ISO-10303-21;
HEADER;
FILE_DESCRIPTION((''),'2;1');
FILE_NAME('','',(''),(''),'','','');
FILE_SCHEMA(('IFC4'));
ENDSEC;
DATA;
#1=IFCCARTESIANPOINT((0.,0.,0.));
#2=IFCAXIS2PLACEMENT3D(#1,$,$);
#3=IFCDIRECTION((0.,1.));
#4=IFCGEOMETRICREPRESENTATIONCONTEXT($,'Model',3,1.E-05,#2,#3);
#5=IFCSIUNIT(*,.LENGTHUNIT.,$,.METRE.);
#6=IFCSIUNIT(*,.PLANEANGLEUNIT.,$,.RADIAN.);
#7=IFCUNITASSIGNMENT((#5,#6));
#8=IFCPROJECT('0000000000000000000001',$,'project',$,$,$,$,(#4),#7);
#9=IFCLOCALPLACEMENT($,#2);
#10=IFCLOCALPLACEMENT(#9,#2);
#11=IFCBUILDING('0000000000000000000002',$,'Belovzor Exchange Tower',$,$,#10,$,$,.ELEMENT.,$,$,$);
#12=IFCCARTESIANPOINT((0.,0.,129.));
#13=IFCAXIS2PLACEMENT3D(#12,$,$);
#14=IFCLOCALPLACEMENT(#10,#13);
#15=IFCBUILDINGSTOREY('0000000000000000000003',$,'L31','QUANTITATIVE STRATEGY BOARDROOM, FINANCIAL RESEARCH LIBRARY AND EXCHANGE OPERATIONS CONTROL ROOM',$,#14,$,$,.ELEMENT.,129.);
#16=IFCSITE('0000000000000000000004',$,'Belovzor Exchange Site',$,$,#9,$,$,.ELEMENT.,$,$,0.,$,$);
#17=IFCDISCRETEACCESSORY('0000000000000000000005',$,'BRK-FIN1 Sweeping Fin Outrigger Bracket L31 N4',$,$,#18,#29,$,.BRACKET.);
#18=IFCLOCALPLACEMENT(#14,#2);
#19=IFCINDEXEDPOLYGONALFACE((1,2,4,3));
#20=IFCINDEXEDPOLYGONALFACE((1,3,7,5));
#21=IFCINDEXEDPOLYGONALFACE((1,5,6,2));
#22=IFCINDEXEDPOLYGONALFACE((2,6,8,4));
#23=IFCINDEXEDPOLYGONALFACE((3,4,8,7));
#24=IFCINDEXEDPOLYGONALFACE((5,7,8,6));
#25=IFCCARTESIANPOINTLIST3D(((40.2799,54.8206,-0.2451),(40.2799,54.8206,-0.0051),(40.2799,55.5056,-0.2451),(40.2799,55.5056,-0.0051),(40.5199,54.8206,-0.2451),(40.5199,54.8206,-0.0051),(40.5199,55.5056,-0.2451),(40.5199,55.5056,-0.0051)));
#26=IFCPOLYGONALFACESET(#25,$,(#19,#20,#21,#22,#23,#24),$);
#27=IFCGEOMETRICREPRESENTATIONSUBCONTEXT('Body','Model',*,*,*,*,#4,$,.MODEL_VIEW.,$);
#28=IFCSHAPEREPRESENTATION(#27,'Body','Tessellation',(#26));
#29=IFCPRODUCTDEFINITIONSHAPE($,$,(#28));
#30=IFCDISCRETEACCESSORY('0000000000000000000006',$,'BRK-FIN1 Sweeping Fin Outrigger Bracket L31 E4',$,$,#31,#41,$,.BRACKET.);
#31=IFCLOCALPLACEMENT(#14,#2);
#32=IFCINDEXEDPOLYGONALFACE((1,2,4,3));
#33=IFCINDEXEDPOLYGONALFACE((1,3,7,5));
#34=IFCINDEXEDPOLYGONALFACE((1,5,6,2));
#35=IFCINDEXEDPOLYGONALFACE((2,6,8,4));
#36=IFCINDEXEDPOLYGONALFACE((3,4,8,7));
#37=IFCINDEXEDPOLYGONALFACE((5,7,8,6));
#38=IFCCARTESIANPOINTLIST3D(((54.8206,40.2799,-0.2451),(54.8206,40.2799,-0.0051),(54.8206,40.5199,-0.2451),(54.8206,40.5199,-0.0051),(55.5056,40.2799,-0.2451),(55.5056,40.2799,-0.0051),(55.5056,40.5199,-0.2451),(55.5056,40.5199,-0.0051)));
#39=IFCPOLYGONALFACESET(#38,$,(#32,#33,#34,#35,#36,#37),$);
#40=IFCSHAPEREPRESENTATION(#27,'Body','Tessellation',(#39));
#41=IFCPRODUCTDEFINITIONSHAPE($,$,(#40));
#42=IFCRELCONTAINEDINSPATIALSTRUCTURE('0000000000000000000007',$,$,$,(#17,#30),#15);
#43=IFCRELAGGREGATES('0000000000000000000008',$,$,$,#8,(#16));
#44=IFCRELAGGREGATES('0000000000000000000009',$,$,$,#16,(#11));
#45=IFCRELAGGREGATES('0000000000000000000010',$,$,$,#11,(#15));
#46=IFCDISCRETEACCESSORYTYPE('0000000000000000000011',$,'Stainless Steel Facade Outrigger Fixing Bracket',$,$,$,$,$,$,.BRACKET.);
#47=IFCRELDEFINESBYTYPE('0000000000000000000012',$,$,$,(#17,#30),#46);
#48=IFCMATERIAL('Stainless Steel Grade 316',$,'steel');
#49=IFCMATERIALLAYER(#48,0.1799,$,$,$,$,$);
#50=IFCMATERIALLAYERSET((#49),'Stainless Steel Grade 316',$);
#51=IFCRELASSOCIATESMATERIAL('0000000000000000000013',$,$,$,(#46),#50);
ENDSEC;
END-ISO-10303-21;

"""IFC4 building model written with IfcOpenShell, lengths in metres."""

from ifc_helpers import new_model, si_unit, direction, frame, origin, origin_2d, place, context, subcontext, project, spatial, rectangle, extrude, material, layer, layer_set, type_object, element, save


model = new_model("IFC4")

# Units and contexts
model_context = context("Model", 3, precision=1e-05, world=origin(), true_north=direction((0.0, 1.0)))
body_context = subcontext(model_context, "Body", "Model", "MODEL_VIEW")
ifc_project = project(units=[si_unit("LENGTHUNIT", "METRE"), si_unit("PLANEANGLEUNIT", "RADIAN")], contexts=[model_context])

# Site, building, storey
site_placement = place(None, origin())
site = spatial("IfcSite", under=ifc_project, at=site_placement, Name="Belovzor Exchange Site", CompositionType="ELEMENT", RefElevation=0.0)
building_placement = place(site_placement, origin())
building = spatial("IfcBuilding", under=site, at=building_placement, Name="Belovzor Exchange Tower", CompositionType="ELEMENT")
storey_placement = place(building_placement, frame((0.0, 0.0, 129.0)))
storey = spatial("IfcBuildingStorey", under=building, at=storey_placement, Name="L31", Description="QUANTITATIVE STRATEGY BOARDROOM, FINANCIAL RESEARCH LIBRARY AND EXCHANGE OPERATIONS CONTROL ROOM", CompositionType="ELEMENT", Elevation=129.0)

# Discrete accessories
ifc_material_1 = material(Name="Stainless Steel Grade 316", Category="steel")
ifc_layer_1 = layer(ifc_material_1, 0.1799)
ifc_layer_set_1 = layer_set([ifc_layer_1], Name="Stainless Steel Grade 316")
discrete_accessory_type = type_object("IfcDiscreteAccessoryType", Name="Stainless Steel Facade Outrigger Fixing Bracket", PredefinedType="BRACKET", material=ifc_layer_set_1)
for number, where, z_axis, x_axis, name in (
    (1, (40.3999, 55.1631, -0.2451), (0.0, 0.0, 1.0), (0.0, 1.0, 0.0), "BRK-FIN1 Sweeping Fin Outrigger Bracket L31 N4"),
    (2, (55.1631, 40.3999, -0.2451), (0.0, 0.0, 1.0), (1.0, 0.0, 0.0), "BRK-FIN1 Sweeping Fin Outrigger Bracket L31 E4"),
):
    element("IfcDiscreteAccessory", number, at=place(storey_placement, frame(where, z_axis=z_axis, x_axis=x_axis)), inside=storey, type_object=discrete_accessory_type, Name=name, PredefinedType="BRACKET", context=body_context, shape_type="SweptSolid", body=[
        extrude(rectangle(XDim=0.6851, YDim=0.24, at=origin_2d()), origin(), (0.0, 0.0, 1.0), 0.24),
    ])

save(model, "model.ifc")
